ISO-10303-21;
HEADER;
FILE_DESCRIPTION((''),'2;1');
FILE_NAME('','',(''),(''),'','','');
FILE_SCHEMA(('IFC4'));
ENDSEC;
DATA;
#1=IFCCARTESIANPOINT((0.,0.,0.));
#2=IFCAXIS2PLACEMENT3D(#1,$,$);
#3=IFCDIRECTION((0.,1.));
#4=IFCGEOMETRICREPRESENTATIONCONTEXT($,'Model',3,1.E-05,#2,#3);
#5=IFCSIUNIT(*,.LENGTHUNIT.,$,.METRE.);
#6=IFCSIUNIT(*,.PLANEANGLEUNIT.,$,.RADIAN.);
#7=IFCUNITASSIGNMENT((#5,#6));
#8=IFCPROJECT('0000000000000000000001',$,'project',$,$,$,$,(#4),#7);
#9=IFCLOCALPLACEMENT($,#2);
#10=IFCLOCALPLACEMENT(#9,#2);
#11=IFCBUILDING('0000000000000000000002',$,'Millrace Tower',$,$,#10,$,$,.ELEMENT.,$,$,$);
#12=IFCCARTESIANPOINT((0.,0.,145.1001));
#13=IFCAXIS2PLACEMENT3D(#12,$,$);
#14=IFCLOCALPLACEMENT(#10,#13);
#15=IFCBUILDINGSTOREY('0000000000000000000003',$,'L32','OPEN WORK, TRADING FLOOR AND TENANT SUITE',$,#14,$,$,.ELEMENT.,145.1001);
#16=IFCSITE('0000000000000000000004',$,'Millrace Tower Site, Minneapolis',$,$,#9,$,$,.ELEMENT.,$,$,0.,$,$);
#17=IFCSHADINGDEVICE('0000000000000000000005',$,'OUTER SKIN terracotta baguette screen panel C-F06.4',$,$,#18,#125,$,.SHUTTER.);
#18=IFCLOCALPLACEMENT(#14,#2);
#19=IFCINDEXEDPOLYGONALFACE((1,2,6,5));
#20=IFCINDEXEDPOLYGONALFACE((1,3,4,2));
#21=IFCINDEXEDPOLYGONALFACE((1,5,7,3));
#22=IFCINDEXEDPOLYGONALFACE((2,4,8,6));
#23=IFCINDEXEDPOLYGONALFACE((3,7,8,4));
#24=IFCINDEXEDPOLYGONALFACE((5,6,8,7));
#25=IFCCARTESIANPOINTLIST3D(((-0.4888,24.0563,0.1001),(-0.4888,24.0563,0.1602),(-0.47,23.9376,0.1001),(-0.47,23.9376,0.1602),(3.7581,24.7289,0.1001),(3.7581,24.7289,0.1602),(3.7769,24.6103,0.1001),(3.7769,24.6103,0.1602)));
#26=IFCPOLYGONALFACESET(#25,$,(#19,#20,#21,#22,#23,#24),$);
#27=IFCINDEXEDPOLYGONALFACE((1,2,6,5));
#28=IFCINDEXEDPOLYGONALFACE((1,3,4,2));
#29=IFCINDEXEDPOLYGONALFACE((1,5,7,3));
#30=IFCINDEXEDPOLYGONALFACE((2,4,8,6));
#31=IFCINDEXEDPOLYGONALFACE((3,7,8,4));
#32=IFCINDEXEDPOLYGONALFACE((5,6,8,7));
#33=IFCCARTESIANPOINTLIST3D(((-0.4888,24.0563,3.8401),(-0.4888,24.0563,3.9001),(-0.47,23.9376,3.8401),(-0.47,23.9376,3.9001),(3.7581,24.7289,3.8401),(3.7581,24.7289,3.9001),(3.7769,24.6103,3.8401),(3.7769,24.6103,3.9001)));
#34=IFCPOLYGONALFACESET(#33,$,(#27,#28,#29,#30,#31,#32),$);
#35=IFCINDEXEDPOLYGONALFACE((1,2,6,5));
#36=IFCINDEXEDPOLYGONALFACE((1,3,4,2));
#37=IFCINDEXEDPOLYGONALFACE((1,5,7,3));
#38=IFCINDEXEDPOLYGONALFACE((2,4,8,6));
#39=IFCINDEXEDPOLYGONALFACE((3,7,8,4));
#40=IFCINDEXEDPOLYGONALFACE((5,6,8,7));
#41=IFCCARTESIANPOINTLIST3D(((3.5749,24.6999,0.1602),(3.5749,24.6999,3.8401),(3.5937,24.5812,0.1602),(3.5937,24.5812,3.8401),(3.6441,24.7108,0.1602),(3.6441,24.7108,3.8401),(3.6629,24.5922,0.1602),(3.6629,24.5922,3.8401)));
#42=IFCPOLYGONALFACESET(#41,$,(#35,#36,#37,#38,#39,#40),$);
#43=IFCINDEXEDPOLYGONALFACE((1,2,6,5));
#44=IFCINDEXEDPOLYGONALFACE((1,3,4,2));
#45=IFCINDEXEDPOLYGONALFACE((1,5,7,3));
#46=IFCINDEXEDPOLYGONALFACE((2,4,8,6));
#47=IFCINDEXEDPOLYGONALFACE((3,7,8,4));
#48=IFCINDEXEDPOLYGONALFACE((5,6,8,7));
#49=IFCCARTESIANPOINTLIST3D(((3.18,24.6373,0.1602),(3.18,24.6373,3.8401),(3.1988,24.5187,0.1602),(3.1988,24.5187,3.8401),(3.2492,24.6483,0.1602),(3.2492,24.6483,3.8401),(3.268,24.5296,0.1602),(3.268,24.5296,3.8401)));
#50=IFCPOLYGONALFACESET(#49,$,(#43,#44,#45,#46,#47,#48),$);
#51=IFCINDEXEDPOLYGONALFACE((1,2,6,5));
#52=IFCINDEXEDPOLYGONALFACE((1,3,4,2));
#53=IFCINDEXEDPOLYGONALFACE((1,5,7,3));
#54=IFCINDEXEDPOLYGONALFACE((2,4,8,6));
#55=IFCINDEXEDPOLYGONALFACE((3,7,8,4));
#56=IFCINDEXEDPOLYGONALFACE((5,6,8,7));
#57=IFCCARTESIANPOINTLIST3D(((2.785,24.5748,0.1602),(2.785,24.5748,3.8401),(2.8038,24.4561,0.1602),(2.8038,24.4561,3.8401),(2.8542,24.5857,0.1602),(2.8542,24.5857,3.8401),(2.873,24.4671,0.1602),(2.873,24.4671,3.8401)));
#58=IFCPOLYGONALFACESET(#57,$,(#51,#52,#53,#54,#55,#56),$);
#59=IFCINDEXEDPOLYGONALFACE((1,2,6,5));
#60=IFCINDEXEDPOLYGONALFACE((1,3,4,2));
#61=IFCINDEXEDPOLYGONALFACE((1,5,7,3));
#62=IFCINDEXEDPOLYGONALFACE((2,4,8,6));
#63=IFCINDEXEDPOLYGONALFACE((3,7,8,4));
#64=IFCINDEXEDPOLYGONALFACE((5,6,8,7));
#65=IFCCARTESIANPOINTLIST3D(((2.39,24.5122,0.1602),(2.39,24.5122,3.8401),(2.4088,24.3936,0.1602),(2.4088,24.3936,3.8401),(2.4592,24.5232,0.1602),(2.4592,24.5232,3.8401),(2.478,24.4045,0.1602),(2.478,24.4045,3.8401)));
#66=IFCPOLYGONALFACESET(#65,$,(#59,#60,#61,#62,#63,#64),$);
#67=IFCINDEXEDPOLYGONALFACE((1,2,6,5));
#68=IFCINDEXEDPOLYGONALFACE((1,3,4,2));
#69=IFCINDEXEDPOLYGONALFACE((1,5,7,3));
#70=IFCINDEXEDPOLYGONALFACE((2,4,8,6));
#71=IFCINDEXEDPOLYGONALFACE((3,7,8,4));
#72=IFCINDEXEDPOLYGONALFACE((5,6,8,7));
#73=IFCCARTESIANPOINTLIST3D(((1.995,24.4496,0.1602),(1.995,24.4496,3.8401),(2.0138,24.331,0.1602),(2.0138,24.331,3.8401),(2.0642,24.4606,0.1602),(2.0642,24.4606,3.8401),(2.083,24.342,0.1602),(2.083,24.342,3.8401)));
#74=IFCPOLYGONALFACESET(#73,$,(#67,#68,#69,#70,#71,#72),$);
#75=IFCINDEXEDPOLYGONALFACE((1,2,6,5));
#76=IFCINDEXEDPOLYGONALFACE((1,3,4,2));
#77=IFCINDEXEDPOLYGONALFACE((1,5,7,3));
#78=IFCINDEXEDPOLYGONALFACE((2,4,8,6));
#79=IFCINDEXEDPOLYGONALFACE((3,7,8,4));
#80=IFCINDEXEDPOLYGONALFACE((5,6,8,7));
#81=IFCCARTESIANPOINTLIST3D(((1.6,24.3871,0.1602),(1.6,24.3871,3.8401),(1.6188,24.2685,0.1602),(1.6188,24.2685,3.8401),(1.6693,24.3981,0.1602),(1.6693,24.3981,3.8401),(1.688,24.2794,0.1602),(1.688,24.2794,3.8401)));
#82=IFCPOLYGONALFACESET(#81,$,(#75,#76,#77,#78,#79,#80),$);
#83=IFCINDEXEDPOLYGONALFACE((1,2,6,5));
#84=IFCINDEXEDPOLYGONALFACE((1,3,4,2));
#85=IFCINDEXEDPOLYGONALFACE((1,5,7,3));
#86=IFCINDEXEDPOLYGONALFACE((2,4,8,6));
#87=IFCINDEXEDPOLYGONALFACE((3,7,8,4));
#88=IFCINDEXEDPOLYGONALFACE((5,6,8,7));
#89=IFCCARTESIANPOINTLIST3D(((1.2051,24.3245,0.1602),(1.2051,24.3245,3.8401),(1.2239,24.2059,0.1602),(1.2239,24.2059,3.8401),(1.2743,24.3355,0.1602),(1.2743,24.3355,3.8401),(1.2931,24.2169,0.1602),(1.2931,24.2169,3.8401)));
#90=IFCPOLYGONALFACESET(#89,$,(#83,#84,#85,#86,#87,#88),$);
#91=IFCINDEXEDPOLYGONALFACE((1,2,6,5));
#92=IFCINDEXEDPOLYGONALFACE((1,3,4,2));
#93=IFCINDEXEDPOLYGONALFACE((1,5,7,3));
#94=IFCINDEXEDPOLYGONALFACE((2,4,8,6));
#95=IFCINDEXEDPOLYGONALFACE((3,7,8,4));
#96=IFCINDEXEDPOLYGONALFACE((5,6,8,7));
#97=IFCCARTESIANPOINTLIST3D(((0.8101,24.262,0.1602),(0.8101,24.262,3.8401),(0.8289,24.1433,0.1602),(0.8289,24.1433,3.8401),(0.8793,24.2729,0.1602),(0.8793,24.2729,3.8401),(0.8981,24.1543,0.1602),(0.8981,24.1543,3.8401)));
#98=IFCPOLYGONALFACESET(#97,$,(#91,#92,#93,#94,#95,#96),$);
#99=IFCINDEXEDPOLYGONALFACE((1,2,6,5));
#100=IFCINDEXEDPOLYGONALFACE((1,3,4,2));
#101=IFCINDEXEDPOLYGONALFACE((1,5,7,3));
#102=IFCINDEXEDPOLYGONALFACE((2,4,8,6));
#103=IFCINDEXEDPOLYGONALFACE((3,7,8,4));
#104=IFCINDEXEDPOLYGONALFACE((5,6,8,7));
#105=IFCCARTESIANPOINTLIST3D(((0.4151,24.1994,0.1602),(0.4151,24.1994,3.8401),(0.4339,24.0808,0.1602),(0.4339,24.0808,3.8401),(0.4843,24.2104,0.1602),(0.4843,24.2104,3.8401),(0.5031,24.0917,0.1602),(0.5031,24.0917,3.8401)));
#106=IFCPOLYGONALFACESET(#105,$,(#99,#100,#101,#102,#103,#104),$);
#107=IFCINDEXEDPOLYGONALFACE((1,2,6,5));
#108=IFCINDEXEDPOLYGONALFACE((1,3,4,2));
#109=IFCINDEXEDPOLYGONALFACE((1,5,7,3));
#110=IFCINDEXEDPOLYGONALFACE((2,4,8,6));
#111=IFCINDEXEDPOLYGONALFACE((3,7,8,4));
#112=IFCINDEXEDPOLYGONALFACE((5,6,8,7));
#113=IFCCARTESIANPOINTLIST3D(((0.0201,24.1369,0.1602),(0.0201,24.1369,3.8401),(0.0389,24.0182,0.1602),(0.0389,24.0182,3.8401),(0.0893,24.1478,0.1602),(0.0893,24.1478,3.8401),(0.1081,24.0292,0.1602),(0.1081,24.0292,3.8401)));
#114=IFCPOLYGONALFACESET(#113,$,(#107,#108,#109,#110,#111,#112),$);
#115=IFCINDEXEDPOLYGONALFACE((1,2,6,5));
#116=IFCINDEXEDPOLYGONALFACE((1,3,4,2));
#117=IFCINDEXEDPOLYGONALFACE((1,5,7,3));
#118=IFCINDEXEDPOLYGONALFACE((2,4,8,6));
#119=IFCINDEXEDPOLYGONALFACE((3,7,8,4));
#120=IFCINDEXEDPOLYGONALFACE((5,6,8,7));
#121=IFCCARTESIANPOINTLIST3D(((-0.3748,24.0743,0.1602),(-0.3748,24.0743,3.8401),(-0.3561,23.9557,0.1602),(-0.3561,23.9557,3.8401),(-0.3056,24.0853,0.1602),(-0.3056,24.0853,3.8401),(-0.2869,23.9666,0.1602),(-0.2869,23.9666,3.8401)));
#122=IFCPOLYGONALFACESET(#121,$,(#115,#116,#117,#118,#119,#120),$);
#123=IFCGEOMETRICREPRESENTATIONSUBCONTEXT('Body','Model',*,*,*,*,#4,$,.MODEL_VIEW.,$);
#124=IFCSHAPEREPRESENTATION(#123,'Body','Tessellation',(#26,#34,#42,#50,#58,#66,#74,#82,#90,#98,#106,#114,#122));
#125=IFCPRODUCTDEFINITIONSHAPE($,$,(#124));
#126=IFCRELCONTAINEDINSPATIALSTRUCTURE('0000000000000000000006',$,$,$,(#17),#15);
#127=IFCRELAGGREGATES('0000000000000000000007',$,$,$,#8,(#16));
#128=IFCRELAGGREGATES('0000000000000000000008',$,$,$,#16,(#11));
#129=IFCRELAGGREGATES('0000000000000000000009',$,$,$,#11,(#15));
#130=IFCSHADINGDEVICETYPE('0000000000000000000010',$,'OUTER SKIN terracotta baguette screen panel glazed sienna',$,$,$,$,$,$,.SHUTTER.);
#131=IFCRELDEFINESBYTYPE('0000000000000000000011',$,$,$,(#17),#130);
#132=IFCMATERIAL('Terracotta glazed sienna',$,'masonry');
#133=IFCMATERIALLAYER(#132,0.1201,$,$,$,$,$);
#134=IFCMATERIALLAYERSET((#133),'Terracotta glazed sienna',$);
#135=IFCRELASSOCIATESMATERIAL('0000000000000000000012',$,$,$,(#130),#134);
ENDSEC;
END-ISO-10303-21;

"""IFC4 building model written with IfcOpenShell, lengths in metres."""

from ifc_helpers import new_model, entity, si_unit, direction, frame, frame_2d, origin, origin_2d, place, context, subcontext, project, spatial, rectangle, extrude, source, transform, mapped, material, layer, layer_set, type_object, element, save


model = new_model("IFC4")

# Units and contexts
model_context = context("Model", 3, precision=1e-05, world=origin(), true_north=direction((0.0, 1.0)))
body_context = subcontext(model_context, "Body", "Model", "MODEL_VIEW")
ifc_project = project(units=[si_unit("LENGTHUNIT", "METRE"), si_unit("PLANEANGLEUNIT", "RADIAN")], contexts=[model_context])

# Site, building, storey
site_placement = place(None, origin())
site = spatial("IfcSite", under=ifc_project, at=site_placement, Name="Millrace Tower Site, Minneapolis", CompositionType="ELEMENT", RefElevation=0.0)
building_placement = place(site_placement, origin())
building = spatial("IfcBuilding", under=site, at=building_placement, Name="Millrace Tower", CompositionType="ELEMENT")
storey_placement = place(building_placement, frame((0.0, 0.0, 145.1001)))
storey = spatial("IfcBuildingStorey", under=building, at=storey_placement, Name="L32", Description="OPEN WORK, TRADING FLOOR AND TENANT SUITE", CompositionType="ELEMENT", Elevation=145.1001)

# Shading device
ifc_material_1 = material(Name="Terracotta glazed sienna", Category="masonry")
ifc_layer_1 = layer(ifc_material_1, 0.1201)
ifc_layer_set_1 = layer_set([ifc_layer_1], Name="Terracotta glazed sienna")
shading_device_type = type_object("IfcShadingDeviceType", Name="OUTER SKIN terracotta baguette screen panel glazed sienna", PredefinedType="SHUTTER", material=ifc_layer_set_1)
cartesian_point_1 = entity("IfcCartesianPoint", [-2.1499, 0.0601])
shared_polyline_1 = entity("IfcPolyline", [cartesian_point_1, entity("IfcCartesianPoint", [2.1499, 0.0601]), entity("IfcCartesianPoint", [2.1499, -0.0601]), entity("IfcCartesianPoint", [-2.1499, -0.0601]), cartesian_point_1])
shared_shape_1 = source(origin(), body_context, "Body", "SweptSolid", [
    entity("IfcExtrudedAreaSolid", entity("IfcArbitraryClosedProfileDef", "AREA", None, shared_polyline_1), entity("IfcAxis2Placement3D", entity("IfcCartesianPoint", [0.0, 0.0, 0.0])), entity("IfcDirection", [0.0, 0.0, 1.0]), 0.0601),
    entity("IfcExtrudedAreaSolid", entity("IfcArbitraryClosedProfileDef", "AREA", None, shared_polyline_1), entity("IfcAxis2Placement3D", entity("IfcCartesianPoint", [0.0, 0.0, 3.74])), entity("IfcDirection", [0.0, 0.0, 1.0]), 0.0601),
    extrude(rectangle(XDim=0.0701, YDim=0.1201, at=frame_2d((-1.9995, 0.0))), frame((0.0, 0.0, 0.0601)), (0.0, 0.0, 1.0), 3.6799),
    extrude(rectangle(XDim=0.0701, YDim=0.1201, at=frame_2d((-1.5996, 0.0))), frame((0.0, 0.0, 0.0601)), (0.0, 0.0, 1.0), 3.6799),
    extrude(rectangle(XDim=0.0701, YDim=0.1201, at=frame_2d((-1.1997, 0.0))), frame((0.0, 0.0, 0.0601)), (0.0, 0.0, 1.0), 3.6799),
    extrude(rectangle(XDim=0.0701, YDim=0.1201, at=frame_2d((-0.7998, 0.0))), frame((0.0, 0.0, 0.0601)), (0.0, 0.0, 1.0), 3.6799),
    extrude(rectangle(XDim=0.0701, YDim=0.1201, at=frame_2d((-0.3999, 0.0))), frame((0.0, 0.0, 0.0601)), (0.0, 0.0, 1.0), 3.6799),
    extrude(rectangle(XDim=0.0701, YDim=0.1201, at=origin_2d()), frame((0.0, 0.0, 0.0601)), (0.0, 0.0, 1.0), 3.6799),
    extrude(rectangle(XDim=0.0701, YDim=0.1201, at=frame_2d((0.3999, 0.0))), frame((0.0, 0.0, 0.0601)), (0.0, 0.0, 1.0), 3.6799),
    extrude(rectangle(XDim=0.0701, YDim=0.1201, at=frame_2d((0.7998, 0.0))), frame((0.0, 0.0, 0.0601)), (0.0, 0.0, 1.0), 3.6799),
    extrude(rectangle(XDim=0.0701, YDim=0.1201, at=frame_2d((1.1997, 0.0))), frame((0.0, 0.0, 0.0601)), (0.0, 0.0, 1.0), 3.6799),
    extrude(rectangle(XDim=0.0701, YDim=0.1201, at=frame_2d((1.5996, 0.0))), frame((0.0, 0.0, 0.0601)), (0.0, 0.0, 1.0), 3.6799),
    extrude(rectangle(XDim=0.0701, YDim=0.1201, at=frame_2d((1.9995, 0.0))), frame((0.0, 0.0, 0.0601)), (0.0, 0.0, 1.0), 3.6799),
])
for number, where, z_axis, x_axis, name in (
    (1, (1.644, 24.3333, 0.1001), (0.0, 0.0, 1.0), (-0.987688, -0.156434, 0.0), "OUTER SKIN terracotta baguette screen panel C-F06.4"),
):
    element("IfcShadingDevice", number, at=place(storey_placement, frame(where, z_axis=z_axis, x_axis=x_axis)), inside=storey, type_object=shading_device_type, Name=name, PredefinedType="SHUTTER", context=body_context, shape_type="MappedRepresentation", body=[
        mapped(shared_shape_1, transform((0.0, 0.0, 0.0), scale=1.0)),
    ])

save(model, "model.ifc")
